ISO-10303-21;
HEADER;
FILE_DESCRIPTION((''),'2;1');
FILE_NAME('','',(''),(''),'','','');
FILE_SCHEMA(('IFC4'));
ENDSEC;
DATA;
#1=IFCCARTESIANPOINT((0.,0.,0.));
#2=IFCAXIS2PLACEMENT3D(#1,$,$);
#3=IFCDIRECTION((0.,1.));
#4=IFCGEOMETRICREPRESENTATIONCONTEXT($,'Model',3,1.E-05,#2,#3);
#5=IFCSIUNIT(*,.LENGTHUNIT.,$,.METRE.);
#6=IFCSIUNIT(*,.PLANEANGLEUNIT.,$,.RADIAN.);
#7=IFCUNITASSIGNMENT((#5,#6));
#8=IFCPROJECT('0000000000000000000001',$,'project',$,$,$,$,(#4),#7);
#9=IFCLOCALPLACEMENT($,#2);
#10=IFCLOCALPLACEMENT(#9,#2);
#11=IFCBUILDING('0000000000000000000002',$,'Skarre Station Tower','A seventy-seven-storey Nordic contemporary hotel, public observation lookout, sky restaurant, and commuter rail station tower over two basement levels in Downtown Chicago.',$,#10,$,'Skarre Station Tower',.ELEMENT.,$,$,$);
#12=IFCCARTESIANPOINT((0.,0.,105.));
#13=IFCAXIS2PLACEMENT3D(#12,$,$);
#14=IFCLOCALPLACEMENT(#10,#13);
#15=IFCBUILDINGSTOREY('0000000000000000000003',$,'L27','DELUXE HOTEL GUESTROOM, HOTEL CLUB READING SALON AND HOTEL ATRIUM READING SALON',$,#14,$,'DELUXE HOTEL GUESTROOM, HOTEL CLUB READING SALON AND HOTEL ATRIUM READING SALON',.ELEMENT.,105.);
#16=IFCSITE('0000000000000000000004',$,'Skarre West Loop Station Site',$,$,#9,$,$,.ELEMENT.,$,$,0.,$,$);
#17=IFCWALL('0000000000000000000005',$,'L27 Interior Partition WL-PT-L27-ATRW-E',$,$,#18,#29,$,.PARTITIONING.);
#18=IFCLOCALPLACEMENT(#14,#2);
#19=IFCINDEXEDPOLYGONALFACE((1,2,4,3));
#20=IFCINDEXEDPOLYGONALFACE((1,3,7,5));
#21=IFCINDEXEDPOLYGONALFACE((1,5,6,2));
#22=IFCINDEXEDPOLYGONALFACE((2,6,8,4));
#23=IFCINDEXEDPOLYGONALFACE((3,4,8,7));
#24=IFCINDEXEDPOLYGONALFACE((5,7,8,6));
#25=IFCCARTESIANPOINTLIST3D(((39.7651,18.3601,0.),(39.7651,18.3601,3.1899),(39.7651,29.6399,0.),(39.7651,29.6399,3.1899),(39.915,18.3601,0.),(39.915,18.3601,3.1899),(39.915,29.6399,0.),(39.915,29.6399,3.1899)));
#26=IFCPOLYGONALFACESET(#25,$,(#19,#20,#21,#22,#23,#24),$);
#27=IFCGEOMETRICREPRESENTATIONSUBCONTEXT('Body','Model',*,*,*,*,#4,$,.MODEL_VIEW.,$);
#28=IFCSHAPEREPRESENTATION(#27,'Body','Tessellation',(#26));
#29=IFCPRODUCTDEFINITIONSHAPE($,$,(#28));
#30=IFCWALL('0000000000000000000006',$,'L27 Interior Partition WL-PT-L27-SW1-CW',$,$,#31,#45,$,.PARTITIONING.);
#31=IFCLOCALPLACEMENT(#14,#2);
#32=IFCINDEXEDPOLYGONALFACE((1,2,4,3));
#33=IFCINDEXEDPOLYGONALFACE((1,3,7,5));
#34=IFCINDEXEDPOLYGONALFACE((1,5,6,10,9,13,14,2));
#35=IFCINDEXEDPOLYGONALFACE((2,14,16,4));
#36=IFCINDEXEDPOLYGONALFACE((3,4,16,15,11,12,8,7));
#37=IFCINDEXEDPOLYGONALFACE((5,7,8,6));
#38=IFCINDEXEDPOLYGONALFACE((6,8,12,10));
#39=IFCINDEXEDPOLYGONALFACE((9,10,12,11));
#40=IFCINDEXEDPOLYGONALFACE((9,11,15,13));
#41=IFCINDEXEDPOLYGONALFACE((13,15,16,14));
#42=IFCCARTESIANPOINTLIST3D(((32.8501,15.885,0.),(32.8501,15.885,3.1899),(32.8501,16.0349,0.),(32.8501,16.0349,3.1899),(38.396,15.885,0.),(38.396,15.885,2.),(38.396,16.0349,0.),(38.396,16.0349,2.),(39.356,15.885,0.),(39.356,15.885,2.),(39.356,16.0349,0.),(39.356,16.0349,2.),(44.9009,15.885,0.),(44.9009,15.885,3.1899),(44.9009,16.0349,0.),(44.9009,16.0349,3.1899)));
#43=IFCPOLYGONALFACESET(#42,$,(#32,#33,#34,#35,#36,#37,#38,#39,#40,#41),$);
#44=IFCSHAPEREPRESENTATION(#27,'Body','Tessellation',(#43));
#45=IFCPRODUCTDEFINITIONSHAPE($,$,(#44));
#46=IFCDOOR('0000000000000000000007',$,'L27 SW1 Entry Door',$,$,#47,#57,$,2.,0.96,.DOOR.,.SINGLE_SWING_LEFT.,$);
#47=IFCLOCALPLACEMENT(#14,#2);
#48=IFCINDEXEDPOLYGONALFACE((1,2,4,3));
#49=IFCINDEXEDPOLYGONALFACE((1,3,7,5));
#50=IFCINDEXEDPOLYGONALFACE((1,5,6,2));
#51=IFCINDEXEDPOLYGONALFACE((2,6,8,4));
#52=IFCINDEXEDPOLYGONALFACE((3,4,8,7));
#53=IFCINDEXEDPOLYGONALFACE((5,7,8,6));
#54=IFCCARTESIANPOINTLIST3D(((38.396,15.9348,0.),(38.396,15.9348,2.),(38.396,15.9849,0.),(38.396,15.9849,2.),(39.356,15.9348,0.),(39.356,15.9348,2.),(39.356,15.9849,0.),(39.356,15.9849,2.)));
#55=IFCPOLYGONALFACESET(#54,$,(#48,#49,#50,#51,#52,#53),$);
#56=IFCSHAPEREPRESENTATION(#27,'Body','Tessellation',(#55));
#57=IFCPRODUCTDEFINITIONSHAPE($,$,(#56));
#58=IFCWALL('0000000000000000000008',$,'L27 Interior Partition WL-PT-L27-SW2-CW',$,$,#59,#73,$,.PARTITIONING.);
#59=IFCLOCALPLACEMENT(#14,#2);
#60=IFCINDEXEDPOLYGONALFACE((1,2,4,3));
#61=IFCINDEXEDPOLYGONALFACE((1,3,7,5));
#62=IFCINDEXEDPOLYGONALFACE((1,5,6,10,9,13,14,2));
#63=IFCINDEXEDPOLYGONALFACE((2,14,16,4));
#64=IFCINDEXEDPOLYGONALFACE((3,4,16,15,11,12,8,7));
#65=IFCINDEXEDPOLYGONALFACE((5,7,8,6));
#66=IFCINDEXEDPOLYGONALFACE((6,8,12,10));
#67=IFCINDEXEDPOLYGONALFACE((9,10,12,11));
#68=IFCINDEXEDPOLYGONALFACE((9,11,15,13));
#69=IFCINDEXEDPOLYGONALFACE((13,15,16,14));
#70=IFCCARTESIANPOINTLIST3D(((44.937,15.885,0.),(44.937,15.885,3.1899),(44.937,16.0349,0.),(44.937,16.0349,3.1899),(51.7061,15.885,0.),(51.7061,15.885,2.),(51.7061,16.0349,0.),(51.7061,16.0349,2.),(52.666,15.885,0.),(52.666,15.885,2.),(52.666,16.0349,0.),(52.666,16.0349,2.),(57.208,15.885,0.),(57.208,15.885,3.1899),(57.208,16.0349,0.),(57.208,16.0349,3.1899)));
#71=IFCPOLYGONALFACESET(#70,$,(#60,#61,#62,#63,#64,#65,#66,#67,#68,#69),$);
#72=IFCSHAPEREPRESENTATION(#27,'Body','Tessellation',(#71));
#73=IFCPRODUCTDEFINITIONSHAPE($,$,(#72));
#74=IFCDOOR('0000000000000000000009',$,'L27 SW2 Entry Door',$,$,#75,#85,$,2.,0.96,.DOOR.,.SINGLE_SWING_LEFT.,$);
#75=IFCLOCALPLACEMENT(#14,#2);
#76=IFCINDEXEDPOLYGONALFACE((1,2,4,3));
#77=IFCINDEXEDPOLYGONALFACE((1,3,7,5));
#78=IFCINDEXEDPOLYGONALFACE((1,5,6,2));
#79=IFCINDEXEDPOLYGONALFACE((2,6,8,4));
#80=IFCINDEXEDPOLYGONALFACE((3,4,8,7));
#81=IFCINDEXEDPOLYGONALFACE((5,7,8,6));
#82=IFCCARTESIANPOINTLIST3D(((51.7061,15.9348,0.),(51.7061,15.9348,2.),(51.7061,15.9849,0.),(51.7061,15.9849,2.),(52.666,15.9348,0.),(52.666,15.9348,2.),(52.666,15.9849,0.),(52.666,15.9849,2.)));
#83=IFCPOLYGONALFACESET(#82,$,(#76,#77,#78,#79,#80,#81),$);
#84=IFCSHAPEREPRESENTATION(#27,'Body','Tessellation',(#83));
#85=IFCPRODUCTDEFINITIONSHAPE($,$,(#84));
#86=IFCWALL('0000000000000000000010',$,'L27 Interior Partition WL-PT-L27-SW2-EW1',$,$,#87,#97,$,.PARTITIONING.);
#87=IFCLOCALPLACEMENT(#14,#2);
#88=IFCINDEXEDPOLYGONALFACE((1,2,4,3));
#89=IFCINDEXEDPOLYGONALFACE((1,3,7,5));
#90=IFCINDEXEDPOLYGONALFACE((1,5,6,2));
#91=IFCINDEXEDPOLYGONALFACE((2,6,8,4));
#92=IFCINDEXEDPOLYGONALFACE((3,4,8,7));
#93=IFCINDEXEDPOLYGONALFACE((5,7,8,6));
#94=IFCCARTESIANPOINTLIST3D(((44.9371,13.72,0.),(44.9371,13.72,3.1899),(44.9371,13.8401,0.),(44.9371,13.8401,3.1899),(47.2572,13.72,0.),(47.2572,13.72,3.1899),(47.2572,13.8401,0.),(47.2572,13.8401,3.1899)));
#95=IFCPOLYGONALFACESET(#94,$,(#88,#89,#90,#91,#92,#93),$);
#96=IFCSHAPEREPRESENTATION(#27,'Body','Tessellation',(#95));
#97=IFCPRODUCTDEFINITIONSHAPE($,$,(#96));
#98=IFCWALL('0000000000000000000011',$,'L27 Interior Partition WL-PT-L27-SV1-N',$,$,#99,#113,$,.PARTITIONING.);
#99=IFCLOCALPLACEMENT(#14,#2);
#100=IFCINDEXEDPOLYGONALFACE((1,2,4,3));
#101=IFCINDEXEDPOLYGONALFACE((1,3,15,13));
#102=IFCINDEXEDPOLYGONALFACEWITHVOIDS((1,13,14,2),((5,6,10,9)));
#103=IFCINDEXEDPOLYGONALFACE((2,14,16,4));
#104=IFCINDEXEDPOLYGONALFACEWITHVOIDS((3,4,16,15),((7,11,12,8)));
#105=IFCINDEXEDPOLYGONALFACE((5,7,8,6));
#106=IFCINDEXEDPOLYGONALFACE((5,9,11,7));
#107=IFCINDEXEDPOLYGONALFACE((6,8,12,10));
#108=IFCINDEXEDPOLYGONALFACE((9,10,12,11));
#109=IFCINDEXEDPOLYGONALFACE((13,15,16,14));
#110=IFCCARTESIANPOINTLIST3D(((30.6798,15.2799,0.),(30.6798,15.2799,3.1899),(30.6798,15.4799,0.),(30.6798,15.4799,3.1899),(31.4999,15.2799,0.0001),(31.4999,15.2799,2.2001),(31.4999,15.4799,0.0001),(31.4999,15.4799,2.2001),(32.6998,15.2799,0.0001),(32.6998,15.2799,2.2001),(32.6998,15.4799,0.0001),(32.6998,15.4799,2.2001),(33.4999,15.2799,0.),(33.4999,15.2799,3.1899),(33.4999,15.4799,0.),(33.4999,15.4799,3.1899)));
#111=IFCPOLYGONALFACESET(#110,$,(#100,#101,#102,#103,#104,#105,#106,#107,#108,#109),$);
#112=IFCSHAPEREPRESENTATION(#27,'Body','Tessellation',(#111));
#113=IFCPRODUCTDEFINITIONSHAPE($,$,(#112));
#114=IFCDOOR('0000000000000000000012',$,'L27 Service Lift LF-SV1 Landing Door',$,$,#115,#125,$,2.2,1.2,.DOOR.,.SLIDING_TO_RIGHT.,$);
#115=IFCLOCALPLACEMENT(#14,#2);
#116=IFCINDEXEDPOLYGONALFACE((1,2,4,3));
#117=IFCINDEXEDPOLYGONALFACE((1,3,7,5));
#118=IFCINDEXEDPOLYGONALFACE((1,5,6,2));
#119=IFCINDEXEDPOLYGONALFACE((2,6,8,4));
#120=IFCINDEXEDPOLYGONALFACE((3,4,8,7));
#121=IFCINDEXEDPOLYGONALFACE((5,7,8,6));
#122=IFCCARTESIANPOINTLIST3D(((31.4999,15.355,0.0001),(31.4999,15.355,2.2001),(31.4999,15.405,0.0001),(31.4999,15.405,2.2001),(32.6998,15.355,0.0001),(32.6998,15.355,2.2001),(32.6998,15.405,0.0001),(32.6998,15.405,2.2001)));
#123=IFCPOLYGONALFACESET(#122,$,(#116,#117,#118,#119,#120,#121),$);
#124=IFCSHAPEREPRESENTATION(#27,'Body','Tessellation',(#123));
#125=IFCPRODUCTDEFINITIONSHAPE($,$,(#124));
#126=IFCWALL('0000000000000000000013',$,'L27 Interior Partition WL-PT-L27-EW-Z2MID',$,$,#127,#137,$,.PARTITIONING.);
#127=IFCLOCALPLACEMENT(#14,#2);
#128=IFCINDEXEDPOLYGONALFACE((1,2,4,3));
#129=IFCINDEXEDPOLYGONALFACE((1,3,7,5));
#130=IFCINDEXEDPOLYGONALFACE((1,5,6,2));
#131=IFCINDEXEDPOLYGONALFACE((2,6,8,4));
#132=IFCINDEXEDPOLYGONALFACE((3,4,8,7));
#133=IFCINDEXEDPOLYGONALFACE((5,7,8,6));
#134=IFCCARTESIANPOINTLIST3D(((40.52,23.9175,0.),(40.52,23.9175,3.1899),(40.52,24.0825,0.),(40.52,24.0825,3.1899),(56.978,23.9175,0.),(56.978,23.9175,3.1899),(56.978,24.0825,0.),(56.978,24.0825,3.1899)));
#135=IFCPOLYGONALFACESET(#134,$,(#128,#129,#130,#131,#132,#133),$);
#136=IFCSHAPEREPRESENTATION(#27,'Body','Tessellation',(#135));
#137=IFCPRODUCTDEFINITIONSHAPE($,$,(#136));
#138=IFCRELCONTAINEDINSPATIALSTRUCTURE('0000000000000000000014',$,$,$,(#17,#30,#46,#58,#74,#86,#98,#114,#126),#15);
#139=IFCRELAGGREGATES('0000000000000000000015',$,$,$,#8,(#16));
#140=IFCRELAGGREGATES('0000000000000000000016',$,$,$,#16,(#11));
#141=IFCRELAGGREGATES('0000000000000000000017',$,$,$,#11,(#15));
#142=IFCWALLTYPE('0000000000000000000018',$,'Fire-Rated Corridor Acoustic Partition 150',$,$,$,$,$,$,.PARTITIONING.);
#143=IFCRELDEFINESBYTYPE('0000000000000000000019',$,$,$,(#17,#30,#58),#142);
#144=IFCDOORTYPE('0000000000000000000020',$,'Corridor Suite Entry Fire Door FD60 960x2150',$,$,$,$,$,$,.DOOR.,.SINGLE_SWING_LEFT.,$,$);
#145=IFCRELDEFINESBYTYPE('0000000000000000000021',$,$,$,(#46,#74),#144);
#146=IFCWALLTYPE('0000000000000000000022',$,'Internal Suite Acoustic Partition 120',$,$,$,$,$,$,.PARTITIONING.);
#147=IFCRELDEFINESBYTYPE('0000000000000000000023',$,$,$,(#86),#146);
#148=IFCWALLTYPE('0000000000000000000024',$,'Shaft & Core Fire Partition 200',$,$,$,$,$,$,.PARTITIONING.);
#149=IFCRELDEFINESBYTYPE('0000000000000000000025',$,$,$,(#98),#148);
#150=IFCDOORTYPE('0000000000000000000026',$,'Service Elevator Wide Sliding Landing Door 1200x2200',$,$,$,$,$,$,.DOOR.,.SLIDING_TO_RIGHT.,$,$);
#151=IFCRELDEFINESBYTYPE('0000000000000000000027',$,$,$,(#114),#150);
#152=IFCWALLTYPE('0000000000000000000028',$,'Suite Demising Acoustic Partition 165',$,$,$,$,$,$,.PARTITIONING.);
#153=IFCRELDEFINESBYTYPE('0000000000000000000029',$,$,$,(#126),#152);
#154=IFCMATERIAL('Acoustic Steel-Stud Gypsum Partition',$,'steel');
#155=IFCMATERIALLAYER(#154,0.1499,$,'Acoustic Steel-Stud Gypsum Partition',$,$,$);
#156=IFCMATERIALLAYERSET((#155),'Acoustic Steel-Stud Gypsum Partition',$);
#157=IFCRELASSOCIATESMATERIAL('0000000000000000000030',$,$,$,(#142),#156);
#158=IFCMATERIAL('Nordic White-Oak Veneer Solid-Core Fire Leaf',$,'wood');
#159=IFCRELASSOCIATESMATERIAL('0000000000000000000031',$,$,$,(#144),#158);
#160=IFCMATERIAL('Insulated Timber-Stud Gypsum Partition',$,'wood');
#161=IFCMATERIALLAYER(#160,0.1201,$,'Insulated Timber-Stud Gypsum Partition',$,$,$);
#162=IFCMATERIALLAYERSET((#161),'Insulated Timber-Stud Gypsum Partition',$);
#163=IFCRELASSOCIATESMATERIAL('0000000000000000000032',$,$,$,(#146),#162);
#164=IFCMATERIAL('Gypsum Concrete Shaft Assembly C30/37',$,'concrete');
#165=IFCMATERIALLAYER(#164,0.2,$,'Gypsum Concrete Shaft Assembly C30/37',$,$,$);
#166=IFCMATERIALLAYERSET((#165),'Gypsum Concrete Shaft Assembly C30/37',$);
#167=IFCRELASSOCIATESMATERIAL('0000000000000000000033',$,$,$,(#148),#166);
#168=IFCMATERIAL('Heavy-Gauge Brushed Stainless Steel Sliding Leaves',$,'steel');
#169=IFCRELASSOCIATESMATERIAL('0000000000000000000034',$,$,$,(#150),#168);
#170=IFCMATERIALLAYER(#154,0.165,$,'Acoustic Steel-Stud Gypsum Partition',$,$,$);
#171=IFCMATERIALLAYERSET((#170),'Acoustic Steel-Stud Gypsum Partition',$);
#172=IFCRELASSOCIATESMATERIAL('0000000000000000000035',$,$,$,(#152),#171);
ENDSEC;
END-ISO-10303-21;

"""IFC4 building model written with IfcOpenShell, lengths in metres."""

from ifc_helpers import new_model, si_unit, direction, frame, frame_2d, origin, place, context, subcontext, project, spatial, rectangle, extrude, material, layer, layer_set, type_object, element, fill, save


model = new_model("IFC4")

# Units and contexts
model_context = context("Model", 3, precision=1e-05, world=origin(), true_north=direction((0.0, 1.0)))
body_context = subcontext(model_context, "Body", "Model", "MODEL_VIEW")
ifc_project = project(units=[si_unit("LENGTHUNIT", "METRE"), si_unit("PLANEANGLEUNIT", "RADIAN")], contexts=[model_context])

# Site, building, storey
site_placement = place(None, origin())
site = spatial("IfcSite", under=ifc_project, at=site_placement, Name="Skarre West Loop Station Site", CompositionType="ELEMENT", RefElevation=0.0)
building_placement = place(site_placement, origin())
building = spatial("IfcBuilding", under=site, at=building_placement, Name="Skarre Station Tower", Description="A seventy-seven-storey Nordic contemporary hotel, public observation lookout, sky restaurant, and commuter rail station tower over two basement levels in Downtown Chicago.", LongName="Skarre Station Tower", CompositionType="ELEMENT")
storey_placement = place(building_placement, frame((0.0, 0.0, 105.0)))
storey = spatial("IfcBuildingStorey", under=building, at=storey_placement, Name="L27", Description="DELUXE HOTEL GUESTROOM, HOTEL CLUB READING SALON AND HOTEL ATRIUM READING SALON", LongName="DELUXE HOTEL GUESTROOM, HOTEL CLUB READING SALON AND HOTEL ATRIUM READING SALON", CompositionType="ELEMENT", Elevation=105.0)

# Wall
ifc_material_1 = material(Name="Acoustic Steel-Stud Gypsum Partition", Category="steel")
ifc_layer_1 = layer(ifc_material_1, 0.1499, Name="Acoustic Steel-Stud Gypsum Partition")
ifc_layer_set_1 = layer_set([ifc_layer_1], Name="Acoustic Steel-Stud Gypsum Partition")
wall_type_1 = type_object("IfcWallType", Name="Fire-Rated Corridor Acoustic Partition 150", PredefinedType="PARTITIONING", material=ifc_layer_set_1)
wall_1_placement = place(storey_placement, frame((39.8401, 18.3601, 0.0), z_axis=(0.0, 0.0, 1.0), x_axis=(0.0, 1.0, 0.0)))
element("IfcWall", 1, at=wall_1_placement, inside=storey, type_object=wall_type_1, Name="L27 Interior Partition WL-PT-L27-ATRW-E", PredefinedType="PARTITIONING", context=body_context, shape_type="SweptSolid", body=[
    extrude(rectangle(XDim=11.2798, YDim=0.1499, at=frame_2d((5.6399, 0.0))), origin(), (0.0, 0.0, 1.0), 3.1899),
])

# Walls, openings, doors
wall_2_placement = place(storey_placement, frame((32.8501, 15.96, 0.0), z_axis=(0.0, 0.0, 1.0), x_axis=(1.0, 0.0, 0.0)))
wall_2 = element("IfcWall", 2, at=wall_2_placement, inside=storey, type_object=wall_type_1, Name="L27 Interior Partition WL-PT-L27-SW1-CW", PredefinedType="PARTITIONING", context=body_context, shape_type="SweptSolid", body=[
    extrude(rectangle(XDim=12.0508, YDim=0.1499, at=frame_2d((6.0254, 0.0))), origin(), (0.0, 0.0, 1.0), 3.1899),
])
opening_1_placement = place(wall_2_placement, frame((5.5459, 0.0, 0.0)))
opening_1 = element("IfcOpeningElement", 3, at=opening_1_placement, cuts=wall_2, PredefinedType="OPENING", context=body_context, shape_type="SweptSolid", body=[
    extrude(rectangle(XDim=0.96, YDim=2.0, at=frame_2d((0.48, 1.0))), frame((0.0, 0.085, 0.0), z_axis=(0.0, -1.0, 0.0), x_axis=(1.0, 0.0, 0.0)), (0.0, 0.0, 1.0), 0.1699),
])
ifc_material_2 = material(Name="Nordic White-Oak Veneer Solid-Core Fire Leaf", Category="wood")
door_type_1 = type_object("IfcDoorType", Name="Corridor Suite Entry Fire Door FD60 960x2150", OperationType="SINGLE_SWING_LEFT", PredefinedType="DOOR", material=ifc_material_2)
door_1_placement = place(opening_1_placement, origin())
door_1 = element("IfcDoor", 4, at=door_1_placement, inside=storey, type_object=door_type_1, Name="L27 SW1 Entry Door", OperationType="SINGLE_SWING_LEFT", OverallHeight=2.0, OverallWidth=0.96, PredefinedType="DOOR", context=body_context, shape_type="SweptSolid", body=[
    extrude(rectangle(XDim=0.96, YDim=2.0, at=frame_2d((0.48, 1.0))), frame((0.0, 0.0249, 0.0), z_axis=(0.0, -1.0, 0.0), x_axis=(1.0, 0.0, 0.0)), (0.0, 0.0, 1.0), 0.05),
])
fill(opening_1, door_1)
wall_3_placement = place(storey_placement, frame((44.937, 15.96, 0.0), z_axis=(0.0, 0.0, 1.0), x_axis=(1.0, 0.0, 0.0)))
wall_3 = element("IfcWall", 5, at=wall_3_placement, inside=storey, type_object=wall_type_1, Name="L27 Interior Partition WL-PT-L27-SW2-CW", PredefinedType="PARTITIONING", context=body_context, shape_type="SweptSolid", body=[
    extrude(rectangle(XDim=12.271, YDim=0.1499, at=frame_2d((6.1355, 0.0))), origin(), (0.0, 0.0, 1.0), 3.1899),
])
opening_2_placement = place(wall_3_placement, frame((6.769, 0.0, 0.0)))
opening_2 = element("IfcOpeningElement", 6, at=opening_2_placement, cuts=wall_3, PredefinedType="OPENING", context=body_context, shape_type="SweptSolid", body=[
    extrude(rectangle(XDim=0.96, YDim=2.0, at=frame_2d((0.48, 1.0))), frame((0.0, 0.085, 0.0), z_axis=(0.0, -1.0, 0.0), x_axis=(1.0, 0.0, 0.0)), (0.0, 0.0, 1.0), 0.1699),
])
door_2_placement = place(opening_2_placement, origin())
door_2 = element("IfcDoor", 7, at=door_2_placement, inside=storey, type_object=door_type_1, Name="L27 SW2 Entry Door", OperationType="SINGLE_SWING_LEFT", OverallHeight=2.0, OverallWidth=0.96, PredefinedType="DOOR", context=body_context, shape_type="SweptSolid", body=[
    extrude(rectangle(XDim=0.96, YDim=2.0, at=frame_2d((0.48, 1.0))), frame((0.0, 0.0249, 0.0), z_axis=(0.0, -1.0, 0.0), x_axis=(1.0, 0.0, 0.0)), (0.0, 0.0, 1.0), 0.05),
])
fill(opening_2, door_2)

# Wall
ifc_material_3 = material(Name="Insulated Timber-Stud Gypsum Partition", Category="wood")
ifc_layer_2 = layer(ifc_material_3, 0.1201, Name="Insulated Timber-Stud Gypsum Partition")
ifc_layer_set_2 = layer_set([ifc_layer_2], Name="Insulated Timber-Stud Gypsum Partition")
wall_type_2 = type_object("IfcWallType", Name="Internal Suite Acoustic Partition 120", PredefinedType="PARTITIONING", material=ifc_layer_set_2)
wall_4_placement = place(storey_placement, frame((44.937, 13.78, 0.0), z_axis=(0.0, 0.0, 1.0), x_axis=(1.0, 0.0, 0.0)))
element("IfcWall", 8, at=wall_4_placement, inside=storey, type_object=wall_type_2, Name="L27 Interior Partition WL-PT-L27-SW2-EW1", PredefinedType="PARTITIONING", context=body_context, shape_type="SweptSolid", body=[
    extrude(rectangle(XDim=2.3201, YDim=0.1201, at=frame_2d((1.1602, 0.0))), origin(), (0.0, 0.0, 1.0), 3.1899),
])

# Wall, opening, door
ifc_material_4 = material(Name="Gypsum Concrete Shaft Assembly C30/37", Category="concrete")
ifc_layer_3 = layer(ifc_material_4, 0.2, Name="Gypsum Concrete Shaft Assembly C30/37")
ifc_layer_set_3 = layer_set([ifc_layer_3], Name="Gypsum Concrete Shaft Assembly C30/37")
wall_type_3 = type_object("IfcWallType", Name="Shaft & Core Fire Partition 200", PredefinedType="PARTITIONING", material=ifc_layer_set_3)
wall_5_placement = place(storey_placement, frame((33.5, 15.3799, 0.0), z_axis=(0.0, 0.0, 1.0), x_axis=(-1.0, 0.0, 0.0)))
wall_5 = element("IfcWall", 9, at=wall_5_placement, inside=storey, type_object=wall_type_3, Name="L27 Interior Partition WL-PT-L27-SV1-N", PredefinedType="PARTITIONING", context=body_context, shape_type="SweptSolid", body=[
    extrude(rectangle(XDim=2.8201, YDim=0.2, at=frame_2d((1.4102, 0.0))), origin(), (0.0, 0.0, 1.0), 3.1899),
])
opening_3_placement = place(wall_5_placement, frame((0.8, 0.0, 0.0)))
opening_3 = element("IfcOpeningElement", 10, at=opening_3_placement, cuts=wall_5, PredefinedType="OPENING", context=body_context, shape_type="SweptSolid", body=[
    extrude(rectangle(XDim=1.2, YDim=2.2, at=frame_2d((0.6001, 1.1001))), frame((0.0, 0.1099, 0.0), z_axis=(0.0, -1.0, 0.0), x_axis=(1.0, 0.0, 0.0)), (0.0, 0.0, 1.0), 0.22),
])
ifc_material_5 = material(Name="Heavy-Gauge Brushed Stainless Steel Sliding Leaves", Category="steel")
door_type_2 = type_object("IfcDoorType", Name="Service Elevator Wide Sliding Landing Door 1200x2200", OperationType="SLIDING_TO_RIGHT", PredefinedType="DOOR", material=ifc_material_5)
door_3_placement = place(opening_3_placement, origin())
door_3 = element("IfcDoor", 11, at=door_3_placement, inside=storey, type_object=door_type_2, Name="L27 Service Lift LF-SV1 Landing Door", OperationType="SLIDING_TO_RIGHT", OverallHeight=2.2, OverallWidth=1.2, PredefinedType="DOOR", context=body_context, shape_type="SweptSolid", body=[
    extrude(rectangle(XDim=1.2, YDim=2.2, at=frame_2d((0.6001, 1.1001))), frame((0.0, 0.0249, 0.0), z_axis=(0.0, -1.0, 0.0), x_axis=(1.0, 0.0, 0.0)), (0.0, 0.0, 1.0), 0.05),
])
fill(opening_3, door_3)

# Wall
ifc_layer_4 = layer(ifc_material_1, 0.165, Name="Acoustic Steel-Stud Gypsum Partition")
ifc_layer_set_4 = layer_set([ifc_layer_4], Name="Acoustic Steel-Stud Gypsum Partition")
wall_type_4 = type_object("IfcWallType", Name="Suite Demising Acoustic Partition 165", PredefinedType="PARTITIONING", material=ifc_layer_set_4)
wall_6_placement = place(storey_placement, frame((40.52, 24.0, 0.0), z_axis=(0.0, 0.0, 1.0), x_axis=(1.0, 0.0, 0.0)))
element("IfcWall", 12, at=wall_6_placement, inside=storey, type_object=wall_type_4, Name="L27 Interior Partition WL-PT-L27-EW-Z2MID", PredefinedType="PARTITIONING", context=body_context, shape_type="SweptSolid", body=[
    extrude(rectangle(XDim=16.458, YDim=0.165, at=frame_2d((8.229, 0.0))), origin(), (0.0, 0.0, 1.0), 3.1899),
])

save(model, "model.ifc")
